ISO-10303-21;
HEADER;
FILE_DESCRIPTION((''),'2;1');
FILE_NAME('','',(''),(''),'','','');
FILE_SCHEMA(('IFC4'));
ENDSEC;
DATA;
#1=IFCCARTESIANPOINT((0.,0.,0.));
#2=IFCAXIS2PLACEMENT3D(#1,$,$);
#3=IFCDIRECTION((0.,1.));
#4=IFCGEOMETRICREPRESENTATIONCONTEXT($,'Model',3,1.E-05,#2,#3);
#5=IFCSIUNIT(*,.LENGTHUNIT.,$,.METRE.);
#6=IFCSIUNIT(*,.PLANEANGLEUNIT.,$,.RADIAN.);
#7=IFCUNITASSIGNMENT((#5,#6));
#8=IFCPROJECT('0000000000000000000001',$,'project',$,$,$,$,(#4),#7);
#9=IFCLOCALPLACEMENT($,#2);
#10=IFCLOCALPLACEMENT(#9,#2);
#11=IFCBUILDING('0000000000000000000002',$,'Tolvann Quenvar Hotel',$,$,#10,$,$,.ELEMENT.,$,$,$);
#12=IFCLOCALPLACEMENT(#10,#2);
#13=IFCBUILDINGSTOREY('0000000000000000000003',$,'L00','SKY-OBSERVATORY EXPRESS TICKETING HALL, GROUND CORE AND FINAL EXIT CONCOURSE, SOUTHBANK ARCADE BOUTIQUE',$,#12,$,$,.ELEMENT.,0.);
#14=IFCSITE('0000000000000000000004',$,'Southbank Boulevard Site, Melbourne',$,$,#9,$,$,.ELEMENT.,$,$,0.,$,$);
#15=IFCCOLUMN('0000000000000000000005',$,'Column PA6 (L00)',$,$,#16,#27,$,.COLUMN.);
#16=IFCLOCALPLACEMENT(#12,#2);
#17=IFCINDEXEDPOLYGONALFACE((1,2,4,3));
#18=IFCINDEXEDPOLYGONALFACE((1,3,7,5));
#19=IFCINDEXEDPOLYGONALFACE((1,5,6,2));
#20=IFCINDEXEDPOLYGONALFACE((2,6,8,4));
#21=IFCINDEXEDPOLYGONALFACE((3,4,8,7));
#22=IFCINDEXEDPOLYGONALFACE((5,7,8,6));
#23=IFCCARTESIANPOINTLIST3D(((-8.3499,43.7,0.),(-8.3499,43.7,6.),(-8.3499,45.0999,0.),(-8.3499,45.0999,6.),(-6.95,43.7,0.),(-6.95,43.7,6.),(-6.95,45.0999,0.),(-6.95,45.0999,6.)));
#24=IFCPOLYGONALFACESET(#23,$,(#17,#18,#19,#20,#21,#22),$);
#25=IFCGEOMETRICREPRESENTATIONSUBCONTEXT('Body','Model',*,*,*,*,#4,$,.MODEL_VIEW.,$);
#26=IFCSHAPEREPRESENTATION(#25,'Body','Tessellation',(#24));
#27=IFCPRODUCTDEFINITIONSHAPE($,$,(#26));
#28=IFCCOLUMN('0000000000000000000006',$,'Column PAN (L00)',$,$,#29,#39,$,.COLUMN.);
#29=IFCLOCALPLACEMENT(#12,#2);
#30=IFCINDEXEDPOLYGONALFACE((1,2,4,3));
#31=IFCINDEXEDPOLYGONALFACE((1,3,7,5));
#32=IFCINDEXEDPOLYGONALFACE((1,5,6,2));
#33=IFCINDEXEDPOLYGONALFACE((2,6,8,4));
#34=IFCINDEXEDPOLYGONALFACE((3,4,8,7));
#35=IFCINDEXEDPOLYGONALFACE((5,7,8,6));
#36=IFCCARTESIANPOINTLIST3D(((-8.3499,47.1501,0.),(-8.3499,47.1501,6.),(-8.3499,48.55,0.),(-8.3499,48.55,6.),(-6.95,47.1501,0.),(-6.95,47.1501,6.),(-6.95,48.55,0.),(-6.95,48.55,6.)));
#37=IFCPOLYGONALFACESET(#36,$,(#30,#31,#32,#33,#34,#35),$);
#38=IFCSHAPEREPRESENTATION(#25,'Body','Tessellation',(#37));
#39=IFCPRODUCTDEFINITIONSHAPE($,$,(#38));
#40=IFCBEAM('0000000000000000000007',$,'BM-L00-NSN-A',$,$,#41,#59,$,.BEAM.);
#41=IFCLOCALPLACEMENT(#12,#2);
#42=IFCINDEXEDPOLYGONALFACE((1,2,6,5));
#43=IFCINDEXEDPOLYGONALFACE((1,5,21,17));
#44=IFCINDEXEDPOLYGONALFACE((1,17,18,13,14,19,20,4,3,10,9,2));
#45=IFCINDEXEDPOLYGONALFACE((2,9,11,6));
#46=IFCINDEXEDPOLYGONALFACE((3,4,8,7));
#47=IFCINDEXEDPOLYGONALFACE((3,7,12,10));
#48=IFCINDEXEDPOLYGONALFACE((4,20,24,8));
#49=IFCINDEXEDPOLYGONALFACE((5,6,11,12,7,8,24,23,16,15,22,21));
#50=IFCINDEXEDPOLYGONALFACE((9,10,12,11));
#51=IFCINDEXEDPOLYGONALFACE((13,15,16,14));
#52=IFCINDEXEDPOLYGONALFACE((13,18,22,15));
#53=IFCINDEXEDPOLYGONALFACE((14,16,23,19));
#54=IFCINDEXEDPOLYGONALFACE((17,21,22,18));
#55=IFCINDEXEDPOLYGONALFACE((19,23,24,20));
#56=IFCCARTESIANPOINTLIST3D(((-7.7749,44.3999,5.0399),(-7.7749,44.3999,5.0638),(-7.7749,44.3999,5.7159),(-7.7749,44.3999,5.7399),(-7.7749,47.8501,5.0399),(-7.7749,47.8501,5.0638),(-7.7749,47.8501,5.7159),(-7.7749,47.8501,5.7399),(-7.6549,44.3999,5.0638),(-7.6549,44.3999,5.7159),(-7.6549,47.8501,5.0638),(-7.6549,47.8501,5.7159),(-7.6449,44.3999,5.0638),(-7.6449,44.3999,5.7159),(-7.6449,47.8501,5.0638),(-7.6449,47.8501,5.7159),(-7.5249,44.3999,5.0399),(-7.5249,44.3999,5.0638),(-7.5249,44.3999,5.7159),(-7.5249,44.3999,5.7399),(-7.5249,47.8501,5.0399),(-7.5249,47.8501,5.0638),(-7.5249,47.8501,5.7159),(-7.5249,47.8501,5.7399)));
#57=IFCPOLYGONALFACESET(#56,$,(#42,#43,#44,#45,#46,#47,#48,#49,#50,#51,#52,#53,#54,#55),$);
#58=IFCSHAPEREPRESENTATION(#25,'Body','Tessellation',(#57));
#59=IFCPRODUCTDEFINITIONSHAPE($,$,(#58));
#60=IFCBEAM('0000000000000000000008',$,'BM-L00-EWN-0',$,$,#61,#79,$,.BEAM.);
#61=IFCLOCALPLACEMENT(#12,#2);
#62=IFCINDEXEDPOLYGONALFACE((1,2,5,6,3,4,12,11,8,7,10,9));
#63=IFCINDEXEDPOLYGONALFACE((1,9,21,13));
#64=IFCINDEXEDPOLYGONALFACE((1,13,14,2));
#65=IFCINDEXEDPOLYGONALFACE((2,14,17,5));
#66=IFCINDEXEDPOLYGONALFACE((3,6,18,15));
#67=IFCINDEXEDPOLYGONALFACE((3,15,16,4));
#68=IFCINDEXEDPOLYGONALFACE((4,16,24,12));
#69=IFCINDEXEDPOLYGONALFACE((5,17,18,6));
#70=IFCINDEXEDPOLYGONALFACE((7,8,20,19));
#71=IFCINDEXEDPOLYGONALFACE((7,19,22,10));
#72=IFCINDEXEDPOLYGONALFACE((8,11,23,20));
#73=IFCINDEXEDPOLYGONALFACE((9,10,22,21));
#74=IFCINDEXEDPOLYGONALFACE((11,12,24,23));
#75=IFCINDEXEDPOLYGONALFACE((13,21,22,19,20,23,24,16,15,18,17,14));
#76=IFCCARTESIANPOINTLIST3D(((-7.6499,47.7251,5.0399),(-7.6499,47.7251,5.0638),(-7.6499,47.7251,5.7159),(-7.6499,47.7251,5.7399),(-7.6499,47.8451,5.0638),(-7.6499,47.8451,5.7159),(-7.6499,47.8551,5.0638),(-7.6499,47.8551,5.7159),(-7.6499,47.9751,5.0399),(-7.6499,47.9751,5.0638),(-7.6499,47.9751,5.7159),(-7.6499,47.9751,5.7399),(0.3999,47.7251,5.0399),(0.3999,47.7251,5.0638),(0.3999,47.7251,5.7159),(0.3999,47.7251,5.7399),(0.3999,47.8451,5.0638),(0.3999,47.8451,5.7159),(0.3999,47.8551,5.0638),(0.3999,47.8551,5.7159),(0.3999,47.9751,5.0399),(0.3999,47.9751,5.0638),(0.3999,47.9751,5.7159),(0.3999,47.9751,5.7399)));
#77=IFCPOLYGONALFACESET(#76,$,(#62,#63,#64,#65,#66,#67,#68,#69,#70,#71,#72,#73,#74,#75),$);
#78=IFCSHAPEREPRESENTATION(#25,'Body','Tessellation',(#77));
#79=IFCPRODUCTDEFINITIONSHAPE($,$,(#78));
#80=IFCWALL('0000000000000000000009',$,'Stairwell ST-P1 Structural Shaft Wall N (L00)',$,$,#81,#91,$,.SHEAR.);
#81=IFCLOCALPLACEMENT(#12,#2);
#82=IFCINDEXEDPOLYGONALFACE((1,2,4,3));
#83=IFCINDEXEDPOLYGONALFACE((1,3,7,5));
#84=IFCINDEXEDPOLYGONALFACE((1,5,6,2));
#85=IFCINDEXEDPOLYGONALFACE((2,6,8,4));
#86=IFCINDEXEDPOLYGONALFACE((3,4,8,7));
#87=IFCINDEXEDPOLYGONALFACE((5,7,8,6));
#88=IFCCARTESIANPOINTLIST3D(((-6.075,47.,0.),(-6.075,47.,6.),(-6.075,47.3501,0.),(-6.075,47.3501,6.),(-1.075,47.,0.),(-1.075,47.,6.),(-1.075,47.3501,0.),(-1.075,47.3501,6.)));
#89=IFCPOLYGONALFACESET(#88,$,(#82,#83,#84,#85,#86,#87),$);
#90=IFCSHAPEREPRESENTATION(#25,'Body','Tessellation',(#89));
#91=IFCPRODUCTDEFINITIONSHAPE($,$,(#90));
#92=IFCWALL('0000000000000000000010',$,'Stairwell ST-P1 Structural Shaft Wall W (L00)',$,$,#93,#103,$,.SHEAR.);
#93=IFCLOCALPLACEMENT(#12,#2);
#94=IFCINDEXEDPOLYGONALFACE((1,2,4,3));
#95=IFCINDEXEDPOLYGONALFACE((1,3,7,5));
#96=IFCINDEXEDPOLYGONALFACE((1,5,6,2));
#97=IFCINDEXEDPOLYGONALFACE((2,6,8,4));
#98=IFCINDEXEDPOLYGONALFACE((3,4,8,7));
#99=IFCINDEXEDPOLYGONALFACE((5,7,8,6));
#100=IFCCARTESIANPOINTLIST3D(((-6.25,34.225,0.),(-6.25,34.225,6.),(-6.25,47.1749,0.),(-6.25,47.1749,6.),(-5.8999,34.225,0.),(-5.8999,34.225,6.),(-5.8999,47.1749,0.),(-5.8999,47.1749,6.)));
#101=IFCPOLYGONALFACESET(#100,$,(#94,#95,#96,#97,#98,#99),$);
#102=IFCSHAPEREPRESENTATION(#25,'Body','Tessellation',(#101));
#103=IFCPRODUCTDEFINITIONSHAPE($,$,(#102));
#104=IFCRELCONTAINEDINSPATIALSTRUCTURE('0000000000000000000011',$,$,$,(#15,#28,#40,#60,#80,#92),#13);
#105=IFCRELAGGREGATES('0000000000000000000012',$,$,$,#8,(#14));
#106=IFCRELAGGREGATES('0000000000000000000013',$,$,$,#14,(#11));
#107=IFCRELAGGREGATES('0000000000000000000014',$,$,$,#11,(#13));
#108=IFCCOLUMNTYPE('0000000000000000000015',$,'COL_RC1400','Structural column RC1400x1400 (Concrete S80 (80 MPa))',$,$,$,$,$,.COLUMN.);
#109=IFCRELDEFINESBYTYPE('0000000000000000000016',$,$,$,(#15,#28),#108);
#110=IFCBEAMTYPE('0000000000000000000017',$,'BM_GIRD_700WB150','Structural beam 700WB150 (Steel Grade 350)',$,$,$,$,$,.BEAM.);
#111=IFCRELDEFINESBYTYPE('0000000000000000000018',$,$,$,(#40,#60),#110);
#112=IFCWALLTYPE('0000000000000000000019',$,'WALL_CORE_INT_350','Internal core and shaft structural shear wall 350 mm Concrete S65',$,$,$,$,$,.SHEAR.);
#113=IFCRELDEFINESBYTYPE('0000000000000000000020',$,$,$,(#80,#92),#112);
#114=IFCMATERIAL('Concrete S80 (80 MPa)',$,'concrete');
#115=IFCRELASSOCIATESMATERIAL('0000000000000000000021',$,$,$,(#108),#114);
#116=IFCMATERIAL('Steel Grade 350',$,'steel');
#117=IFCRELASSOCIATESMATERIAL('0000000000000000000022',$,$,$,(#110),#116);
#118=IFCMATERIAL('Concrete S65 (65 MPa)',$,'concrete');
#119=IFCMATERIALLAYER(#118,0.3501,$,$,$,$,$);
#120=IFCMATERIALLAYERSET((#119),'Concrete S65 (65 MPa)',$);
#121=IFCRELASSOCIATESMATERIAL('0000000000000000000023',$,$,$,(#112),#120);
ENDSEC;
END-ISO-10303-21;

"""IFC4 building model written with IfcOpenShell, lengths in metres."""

from ifc_helpers import new_model, si_unit, direction, frame, frame_2d, origin, origin_2d, place, context, subcontext, project, spatial, rectangle, i_section, extrude, source, transform, mapped, material, layer, layer_set, material_profile, profile_set, type_object, type_shapes, element, save


model = new_model("IFC4")

# Units and contexts
model_context = context("Model", 3, precision=1e-05, world=origin(), true_north=direction((0.0, 1.0)))
body_context = subcontext(model_context, "Body", "Model", "MODEL_VIEW")
ifc_project = project(units=[si_unit("LENGTHUNIT", "METRE"), si_unit("PLANEANGLEUNIT", "RADIAN")], contexts=[model_context])

# Site, building, storey
site_placement = place(None, origin())
site = spatial("IfcSite", under=ifc_project, at=site_placement, Name="Southbank Boulevard Site, Melbourne", CompositionType="ELEMENT", RefElevation=0.0)
building_placement = place(site_placement, origin())
building = spatial("IfcBuilding", under=site, at=building_placement, Name="Tolvann Quenvar Hotel", CompositionType="ELEMENT")
storey_placement = place(building_placement, origin())
storey = spatial("IfcBuildingStorey", under=building, at=storey_placement, Name="L00", Description="SKY-OBSERVATORY EXPRESS TICKETING HALL, GROUND CORE AND FINAL EXIT CONCOURSE, SOUTHBANK ARCADE BOUTIQUE", CompositionType="ELEMENT", Elevation=0.0)

# Columns
ifc_material_1 = material(Name="Concrete S80 (80 MPa)", Category="concrete")
ifc_material_profile_1 = material_profile(ifc_material_1, rectangle(XDim=1.3999, YDim=1.3999, at=origin_2d()), Name="RC1400x1400")
ifc_profile_set_1 = profile_set([ifc_material_profile_1], Name="Concrete S80 (80 MPa)")
column_type = type_object("IfcColumnType", Name="COL_RC1400", Description="Structural column RC1400x1400 (Concrete S80 (80 MPa))", PredefinedType="COLUMN", material=ifc_profile_set_1)
shared_shape_1 = source(origin(), body_context, "Body", "SweptSolid", [
    extrude(rectangle(XDim=1.3999, YDim=1.3999, at=origin_2d()), origin(), (0.0, 0.0, 1.0), 6.0),
])
type_shapes(column_type, [shared_shape_1])
for number, where, z_axis, x_axis, name in (
    (1, (-7.6499, 44.3999, 0.0), (0.0, 0.0, 1.0), (1.0, 0.0, 0.0), "Column PA6 (L00)"),
    (2, (-7.6499, 47.8501, 0.0), (0.0, 0.0, 1.0), (1.0, 0.0, 0.0), "Column PAN (L00)"),
):
    element("IfcColumn", number, at=place(storey_placement, frame(where, z_axis=z_axis, x_axis=x_axis)), inside=storey, type_object=column_type, Name=name, PredefinedType="COLUMN", context=body_context, shape_type="MappedRepresentation", body=[
        mapped(shared_shape_1, transform((0.0, 0.0, 0.0), x_axis=(1.0, 0.0, 0.0), y_axis=(0.0, 1.0, 0.0), z_axis=(0.0, 0.0, 1.0), scale=1.0)),
    ])

# Beams
ifc_material_2 = material(Name="Steel Grade 350", Category="steel")
ifc_material_profile_2 = material_profile(ifc_material_2, i_section(OverallWidth=0.25, OverallDepth=0.7, WebThickness=0.01, FlangeThickness=0.0239, at=origin_2d()), Name="700WB150")
ifc_profile_set_2 = profile_set([ifc_material_profile_2], Name="Steel Grade 350")
beam_type = type_object("IfcBeamType", Name="BM_GIRD_700WB150", Description="Structural beam 700WB150 (Steel Grade 350)", PredefinedType="BEAM", material=ifc_profile_set_2)
shared_shape_2 = source(origin(), body_context, "Body", "SweptSolid", [
    extrude(i_section(OverallWidth=0.25, OverallDepth=0.7, WebThickness=0.01, FlangeThickness=0.0239, at=origin_2d()), origin(), (0.0, 0.0, 1.0), 3.4502),
])
beam_1_placement = place(storey_placement, frame((-7.6499, 44.3999, 5.3899), z_axis=(0.0, 1.0, 0.0), x_axis=(-1.0, 0.0, 0.0)))
element("IfcBeam", 3, at=beam_1_placement, inside=storey, type_object=beam_type, Name="BM-L00-NSN-A", PredefinedType="BEAM", context=body_context, shape_type="MappedRepresentation", body=[
    mapped(shared_shape_2, transform((0.0, 0.0, 0.0), x_axis=(1.0, 0.0, 0.0), y_axis=(0.0, 1.0, 0.0), z_axis=(0.0, 0.0, 1.0), scale=1.0)),
])
shared_shape_3 = source(origin(), body_context, "Body", "SweptSolid", [
    extrude(i_section(OverallWidth=0.25, OverallDepth=0.7, WebThickness=0.01, FlangeThickness=0.0239, at=origin_2d()), origin(), (0.0, 0.0, 1.0), 8.0498),
])
type_shapes(beam_type, [shared_shape_2, shared_shape_3])
beam_2_placement = place(storey_placement, frame((-7.6499, 47.8501, 5.3899), z_axis=(1.0, 0.0, 0.0), x_axis=(0.0, 1.0, 0.0)))
element("IfcBeam", 4, at=beam_2_placement, inside=storey, type_object=beam_type, Name="BM-L00-EWN-0", PredefinedType="BEAM", context=body_context, shape_type="MappedRepresentation", body=[
    mapped(shared_shape_3, transform((0.0, 0.0, 0.0), x_axis=(1.0, 0.0, 0.0), y_axis=(0.0, 1.0, 0.0), z_axis=(0.0, 0.0, 1.0), scale=1.0)),
])

# Walls
ifc_material_3 = material(Name="Concrete S65 (65 MPa)", Category="concrete")
ifc_layer_1 = layer(ifc_material_3, 0.3501)
ifc_layer_set_1 = layer_set([ifc_layer_1], Name="Concrete S65 (65 MPa)")
wall_type_1 = type_object("IfcWallType", Name="WALL_CORE_INT_350", Description="Internal core and shaft structural shear wall 350 mm Concrete S65", PredefinedType="SHEAR", material=ifc_layer_set_1)
wall_1_placement = place(storey_placement, frame((-1.075, 47.175, 0.0), z_axis=(0.0, 0.0, 1.0), x_axis=(-1.0, 0.0, 0.0)))
element("IfcWall", 5, at=wall_1_placement, inside=storey, type_object=wall_type_1, Name="Stairwell ST-P1 Structural Shaft Wall N (L00)", PredefinedType="SHEAR", context=body_context, shape_type="SweptSolid", body=[
    extrude(rectangle(XDim=5.0, YDim=0.3501, at=frame_2d((2.5, 0.0))), origin(), (0.0, 0.0, 1.0), 6.0),
])
wall_2_placement = place(storey_placement, frame((-6.075, 47.175, 0.0), z_axis=(0.0, 0.0, 1.0), x_axis=(0.0, -1.0, 0.0)))
element("IfcWall", 6, at=wall_2_placement, inside=storey, type_object=wall_type_1, Name="Stairwell ST-P1 Structural Shaft Wall W (L00)", PredefinedType="SHEAR", context=body_context, shape_type="SweptSolid", body=[
    extrude(rectangle(XDim=12.95, YDim=0.3501, at=frame_2d((6.4751, 0.0))), origin(), (0.0, 0.0, 1.0), 6.0),
])

save(model, "model.ifc")
